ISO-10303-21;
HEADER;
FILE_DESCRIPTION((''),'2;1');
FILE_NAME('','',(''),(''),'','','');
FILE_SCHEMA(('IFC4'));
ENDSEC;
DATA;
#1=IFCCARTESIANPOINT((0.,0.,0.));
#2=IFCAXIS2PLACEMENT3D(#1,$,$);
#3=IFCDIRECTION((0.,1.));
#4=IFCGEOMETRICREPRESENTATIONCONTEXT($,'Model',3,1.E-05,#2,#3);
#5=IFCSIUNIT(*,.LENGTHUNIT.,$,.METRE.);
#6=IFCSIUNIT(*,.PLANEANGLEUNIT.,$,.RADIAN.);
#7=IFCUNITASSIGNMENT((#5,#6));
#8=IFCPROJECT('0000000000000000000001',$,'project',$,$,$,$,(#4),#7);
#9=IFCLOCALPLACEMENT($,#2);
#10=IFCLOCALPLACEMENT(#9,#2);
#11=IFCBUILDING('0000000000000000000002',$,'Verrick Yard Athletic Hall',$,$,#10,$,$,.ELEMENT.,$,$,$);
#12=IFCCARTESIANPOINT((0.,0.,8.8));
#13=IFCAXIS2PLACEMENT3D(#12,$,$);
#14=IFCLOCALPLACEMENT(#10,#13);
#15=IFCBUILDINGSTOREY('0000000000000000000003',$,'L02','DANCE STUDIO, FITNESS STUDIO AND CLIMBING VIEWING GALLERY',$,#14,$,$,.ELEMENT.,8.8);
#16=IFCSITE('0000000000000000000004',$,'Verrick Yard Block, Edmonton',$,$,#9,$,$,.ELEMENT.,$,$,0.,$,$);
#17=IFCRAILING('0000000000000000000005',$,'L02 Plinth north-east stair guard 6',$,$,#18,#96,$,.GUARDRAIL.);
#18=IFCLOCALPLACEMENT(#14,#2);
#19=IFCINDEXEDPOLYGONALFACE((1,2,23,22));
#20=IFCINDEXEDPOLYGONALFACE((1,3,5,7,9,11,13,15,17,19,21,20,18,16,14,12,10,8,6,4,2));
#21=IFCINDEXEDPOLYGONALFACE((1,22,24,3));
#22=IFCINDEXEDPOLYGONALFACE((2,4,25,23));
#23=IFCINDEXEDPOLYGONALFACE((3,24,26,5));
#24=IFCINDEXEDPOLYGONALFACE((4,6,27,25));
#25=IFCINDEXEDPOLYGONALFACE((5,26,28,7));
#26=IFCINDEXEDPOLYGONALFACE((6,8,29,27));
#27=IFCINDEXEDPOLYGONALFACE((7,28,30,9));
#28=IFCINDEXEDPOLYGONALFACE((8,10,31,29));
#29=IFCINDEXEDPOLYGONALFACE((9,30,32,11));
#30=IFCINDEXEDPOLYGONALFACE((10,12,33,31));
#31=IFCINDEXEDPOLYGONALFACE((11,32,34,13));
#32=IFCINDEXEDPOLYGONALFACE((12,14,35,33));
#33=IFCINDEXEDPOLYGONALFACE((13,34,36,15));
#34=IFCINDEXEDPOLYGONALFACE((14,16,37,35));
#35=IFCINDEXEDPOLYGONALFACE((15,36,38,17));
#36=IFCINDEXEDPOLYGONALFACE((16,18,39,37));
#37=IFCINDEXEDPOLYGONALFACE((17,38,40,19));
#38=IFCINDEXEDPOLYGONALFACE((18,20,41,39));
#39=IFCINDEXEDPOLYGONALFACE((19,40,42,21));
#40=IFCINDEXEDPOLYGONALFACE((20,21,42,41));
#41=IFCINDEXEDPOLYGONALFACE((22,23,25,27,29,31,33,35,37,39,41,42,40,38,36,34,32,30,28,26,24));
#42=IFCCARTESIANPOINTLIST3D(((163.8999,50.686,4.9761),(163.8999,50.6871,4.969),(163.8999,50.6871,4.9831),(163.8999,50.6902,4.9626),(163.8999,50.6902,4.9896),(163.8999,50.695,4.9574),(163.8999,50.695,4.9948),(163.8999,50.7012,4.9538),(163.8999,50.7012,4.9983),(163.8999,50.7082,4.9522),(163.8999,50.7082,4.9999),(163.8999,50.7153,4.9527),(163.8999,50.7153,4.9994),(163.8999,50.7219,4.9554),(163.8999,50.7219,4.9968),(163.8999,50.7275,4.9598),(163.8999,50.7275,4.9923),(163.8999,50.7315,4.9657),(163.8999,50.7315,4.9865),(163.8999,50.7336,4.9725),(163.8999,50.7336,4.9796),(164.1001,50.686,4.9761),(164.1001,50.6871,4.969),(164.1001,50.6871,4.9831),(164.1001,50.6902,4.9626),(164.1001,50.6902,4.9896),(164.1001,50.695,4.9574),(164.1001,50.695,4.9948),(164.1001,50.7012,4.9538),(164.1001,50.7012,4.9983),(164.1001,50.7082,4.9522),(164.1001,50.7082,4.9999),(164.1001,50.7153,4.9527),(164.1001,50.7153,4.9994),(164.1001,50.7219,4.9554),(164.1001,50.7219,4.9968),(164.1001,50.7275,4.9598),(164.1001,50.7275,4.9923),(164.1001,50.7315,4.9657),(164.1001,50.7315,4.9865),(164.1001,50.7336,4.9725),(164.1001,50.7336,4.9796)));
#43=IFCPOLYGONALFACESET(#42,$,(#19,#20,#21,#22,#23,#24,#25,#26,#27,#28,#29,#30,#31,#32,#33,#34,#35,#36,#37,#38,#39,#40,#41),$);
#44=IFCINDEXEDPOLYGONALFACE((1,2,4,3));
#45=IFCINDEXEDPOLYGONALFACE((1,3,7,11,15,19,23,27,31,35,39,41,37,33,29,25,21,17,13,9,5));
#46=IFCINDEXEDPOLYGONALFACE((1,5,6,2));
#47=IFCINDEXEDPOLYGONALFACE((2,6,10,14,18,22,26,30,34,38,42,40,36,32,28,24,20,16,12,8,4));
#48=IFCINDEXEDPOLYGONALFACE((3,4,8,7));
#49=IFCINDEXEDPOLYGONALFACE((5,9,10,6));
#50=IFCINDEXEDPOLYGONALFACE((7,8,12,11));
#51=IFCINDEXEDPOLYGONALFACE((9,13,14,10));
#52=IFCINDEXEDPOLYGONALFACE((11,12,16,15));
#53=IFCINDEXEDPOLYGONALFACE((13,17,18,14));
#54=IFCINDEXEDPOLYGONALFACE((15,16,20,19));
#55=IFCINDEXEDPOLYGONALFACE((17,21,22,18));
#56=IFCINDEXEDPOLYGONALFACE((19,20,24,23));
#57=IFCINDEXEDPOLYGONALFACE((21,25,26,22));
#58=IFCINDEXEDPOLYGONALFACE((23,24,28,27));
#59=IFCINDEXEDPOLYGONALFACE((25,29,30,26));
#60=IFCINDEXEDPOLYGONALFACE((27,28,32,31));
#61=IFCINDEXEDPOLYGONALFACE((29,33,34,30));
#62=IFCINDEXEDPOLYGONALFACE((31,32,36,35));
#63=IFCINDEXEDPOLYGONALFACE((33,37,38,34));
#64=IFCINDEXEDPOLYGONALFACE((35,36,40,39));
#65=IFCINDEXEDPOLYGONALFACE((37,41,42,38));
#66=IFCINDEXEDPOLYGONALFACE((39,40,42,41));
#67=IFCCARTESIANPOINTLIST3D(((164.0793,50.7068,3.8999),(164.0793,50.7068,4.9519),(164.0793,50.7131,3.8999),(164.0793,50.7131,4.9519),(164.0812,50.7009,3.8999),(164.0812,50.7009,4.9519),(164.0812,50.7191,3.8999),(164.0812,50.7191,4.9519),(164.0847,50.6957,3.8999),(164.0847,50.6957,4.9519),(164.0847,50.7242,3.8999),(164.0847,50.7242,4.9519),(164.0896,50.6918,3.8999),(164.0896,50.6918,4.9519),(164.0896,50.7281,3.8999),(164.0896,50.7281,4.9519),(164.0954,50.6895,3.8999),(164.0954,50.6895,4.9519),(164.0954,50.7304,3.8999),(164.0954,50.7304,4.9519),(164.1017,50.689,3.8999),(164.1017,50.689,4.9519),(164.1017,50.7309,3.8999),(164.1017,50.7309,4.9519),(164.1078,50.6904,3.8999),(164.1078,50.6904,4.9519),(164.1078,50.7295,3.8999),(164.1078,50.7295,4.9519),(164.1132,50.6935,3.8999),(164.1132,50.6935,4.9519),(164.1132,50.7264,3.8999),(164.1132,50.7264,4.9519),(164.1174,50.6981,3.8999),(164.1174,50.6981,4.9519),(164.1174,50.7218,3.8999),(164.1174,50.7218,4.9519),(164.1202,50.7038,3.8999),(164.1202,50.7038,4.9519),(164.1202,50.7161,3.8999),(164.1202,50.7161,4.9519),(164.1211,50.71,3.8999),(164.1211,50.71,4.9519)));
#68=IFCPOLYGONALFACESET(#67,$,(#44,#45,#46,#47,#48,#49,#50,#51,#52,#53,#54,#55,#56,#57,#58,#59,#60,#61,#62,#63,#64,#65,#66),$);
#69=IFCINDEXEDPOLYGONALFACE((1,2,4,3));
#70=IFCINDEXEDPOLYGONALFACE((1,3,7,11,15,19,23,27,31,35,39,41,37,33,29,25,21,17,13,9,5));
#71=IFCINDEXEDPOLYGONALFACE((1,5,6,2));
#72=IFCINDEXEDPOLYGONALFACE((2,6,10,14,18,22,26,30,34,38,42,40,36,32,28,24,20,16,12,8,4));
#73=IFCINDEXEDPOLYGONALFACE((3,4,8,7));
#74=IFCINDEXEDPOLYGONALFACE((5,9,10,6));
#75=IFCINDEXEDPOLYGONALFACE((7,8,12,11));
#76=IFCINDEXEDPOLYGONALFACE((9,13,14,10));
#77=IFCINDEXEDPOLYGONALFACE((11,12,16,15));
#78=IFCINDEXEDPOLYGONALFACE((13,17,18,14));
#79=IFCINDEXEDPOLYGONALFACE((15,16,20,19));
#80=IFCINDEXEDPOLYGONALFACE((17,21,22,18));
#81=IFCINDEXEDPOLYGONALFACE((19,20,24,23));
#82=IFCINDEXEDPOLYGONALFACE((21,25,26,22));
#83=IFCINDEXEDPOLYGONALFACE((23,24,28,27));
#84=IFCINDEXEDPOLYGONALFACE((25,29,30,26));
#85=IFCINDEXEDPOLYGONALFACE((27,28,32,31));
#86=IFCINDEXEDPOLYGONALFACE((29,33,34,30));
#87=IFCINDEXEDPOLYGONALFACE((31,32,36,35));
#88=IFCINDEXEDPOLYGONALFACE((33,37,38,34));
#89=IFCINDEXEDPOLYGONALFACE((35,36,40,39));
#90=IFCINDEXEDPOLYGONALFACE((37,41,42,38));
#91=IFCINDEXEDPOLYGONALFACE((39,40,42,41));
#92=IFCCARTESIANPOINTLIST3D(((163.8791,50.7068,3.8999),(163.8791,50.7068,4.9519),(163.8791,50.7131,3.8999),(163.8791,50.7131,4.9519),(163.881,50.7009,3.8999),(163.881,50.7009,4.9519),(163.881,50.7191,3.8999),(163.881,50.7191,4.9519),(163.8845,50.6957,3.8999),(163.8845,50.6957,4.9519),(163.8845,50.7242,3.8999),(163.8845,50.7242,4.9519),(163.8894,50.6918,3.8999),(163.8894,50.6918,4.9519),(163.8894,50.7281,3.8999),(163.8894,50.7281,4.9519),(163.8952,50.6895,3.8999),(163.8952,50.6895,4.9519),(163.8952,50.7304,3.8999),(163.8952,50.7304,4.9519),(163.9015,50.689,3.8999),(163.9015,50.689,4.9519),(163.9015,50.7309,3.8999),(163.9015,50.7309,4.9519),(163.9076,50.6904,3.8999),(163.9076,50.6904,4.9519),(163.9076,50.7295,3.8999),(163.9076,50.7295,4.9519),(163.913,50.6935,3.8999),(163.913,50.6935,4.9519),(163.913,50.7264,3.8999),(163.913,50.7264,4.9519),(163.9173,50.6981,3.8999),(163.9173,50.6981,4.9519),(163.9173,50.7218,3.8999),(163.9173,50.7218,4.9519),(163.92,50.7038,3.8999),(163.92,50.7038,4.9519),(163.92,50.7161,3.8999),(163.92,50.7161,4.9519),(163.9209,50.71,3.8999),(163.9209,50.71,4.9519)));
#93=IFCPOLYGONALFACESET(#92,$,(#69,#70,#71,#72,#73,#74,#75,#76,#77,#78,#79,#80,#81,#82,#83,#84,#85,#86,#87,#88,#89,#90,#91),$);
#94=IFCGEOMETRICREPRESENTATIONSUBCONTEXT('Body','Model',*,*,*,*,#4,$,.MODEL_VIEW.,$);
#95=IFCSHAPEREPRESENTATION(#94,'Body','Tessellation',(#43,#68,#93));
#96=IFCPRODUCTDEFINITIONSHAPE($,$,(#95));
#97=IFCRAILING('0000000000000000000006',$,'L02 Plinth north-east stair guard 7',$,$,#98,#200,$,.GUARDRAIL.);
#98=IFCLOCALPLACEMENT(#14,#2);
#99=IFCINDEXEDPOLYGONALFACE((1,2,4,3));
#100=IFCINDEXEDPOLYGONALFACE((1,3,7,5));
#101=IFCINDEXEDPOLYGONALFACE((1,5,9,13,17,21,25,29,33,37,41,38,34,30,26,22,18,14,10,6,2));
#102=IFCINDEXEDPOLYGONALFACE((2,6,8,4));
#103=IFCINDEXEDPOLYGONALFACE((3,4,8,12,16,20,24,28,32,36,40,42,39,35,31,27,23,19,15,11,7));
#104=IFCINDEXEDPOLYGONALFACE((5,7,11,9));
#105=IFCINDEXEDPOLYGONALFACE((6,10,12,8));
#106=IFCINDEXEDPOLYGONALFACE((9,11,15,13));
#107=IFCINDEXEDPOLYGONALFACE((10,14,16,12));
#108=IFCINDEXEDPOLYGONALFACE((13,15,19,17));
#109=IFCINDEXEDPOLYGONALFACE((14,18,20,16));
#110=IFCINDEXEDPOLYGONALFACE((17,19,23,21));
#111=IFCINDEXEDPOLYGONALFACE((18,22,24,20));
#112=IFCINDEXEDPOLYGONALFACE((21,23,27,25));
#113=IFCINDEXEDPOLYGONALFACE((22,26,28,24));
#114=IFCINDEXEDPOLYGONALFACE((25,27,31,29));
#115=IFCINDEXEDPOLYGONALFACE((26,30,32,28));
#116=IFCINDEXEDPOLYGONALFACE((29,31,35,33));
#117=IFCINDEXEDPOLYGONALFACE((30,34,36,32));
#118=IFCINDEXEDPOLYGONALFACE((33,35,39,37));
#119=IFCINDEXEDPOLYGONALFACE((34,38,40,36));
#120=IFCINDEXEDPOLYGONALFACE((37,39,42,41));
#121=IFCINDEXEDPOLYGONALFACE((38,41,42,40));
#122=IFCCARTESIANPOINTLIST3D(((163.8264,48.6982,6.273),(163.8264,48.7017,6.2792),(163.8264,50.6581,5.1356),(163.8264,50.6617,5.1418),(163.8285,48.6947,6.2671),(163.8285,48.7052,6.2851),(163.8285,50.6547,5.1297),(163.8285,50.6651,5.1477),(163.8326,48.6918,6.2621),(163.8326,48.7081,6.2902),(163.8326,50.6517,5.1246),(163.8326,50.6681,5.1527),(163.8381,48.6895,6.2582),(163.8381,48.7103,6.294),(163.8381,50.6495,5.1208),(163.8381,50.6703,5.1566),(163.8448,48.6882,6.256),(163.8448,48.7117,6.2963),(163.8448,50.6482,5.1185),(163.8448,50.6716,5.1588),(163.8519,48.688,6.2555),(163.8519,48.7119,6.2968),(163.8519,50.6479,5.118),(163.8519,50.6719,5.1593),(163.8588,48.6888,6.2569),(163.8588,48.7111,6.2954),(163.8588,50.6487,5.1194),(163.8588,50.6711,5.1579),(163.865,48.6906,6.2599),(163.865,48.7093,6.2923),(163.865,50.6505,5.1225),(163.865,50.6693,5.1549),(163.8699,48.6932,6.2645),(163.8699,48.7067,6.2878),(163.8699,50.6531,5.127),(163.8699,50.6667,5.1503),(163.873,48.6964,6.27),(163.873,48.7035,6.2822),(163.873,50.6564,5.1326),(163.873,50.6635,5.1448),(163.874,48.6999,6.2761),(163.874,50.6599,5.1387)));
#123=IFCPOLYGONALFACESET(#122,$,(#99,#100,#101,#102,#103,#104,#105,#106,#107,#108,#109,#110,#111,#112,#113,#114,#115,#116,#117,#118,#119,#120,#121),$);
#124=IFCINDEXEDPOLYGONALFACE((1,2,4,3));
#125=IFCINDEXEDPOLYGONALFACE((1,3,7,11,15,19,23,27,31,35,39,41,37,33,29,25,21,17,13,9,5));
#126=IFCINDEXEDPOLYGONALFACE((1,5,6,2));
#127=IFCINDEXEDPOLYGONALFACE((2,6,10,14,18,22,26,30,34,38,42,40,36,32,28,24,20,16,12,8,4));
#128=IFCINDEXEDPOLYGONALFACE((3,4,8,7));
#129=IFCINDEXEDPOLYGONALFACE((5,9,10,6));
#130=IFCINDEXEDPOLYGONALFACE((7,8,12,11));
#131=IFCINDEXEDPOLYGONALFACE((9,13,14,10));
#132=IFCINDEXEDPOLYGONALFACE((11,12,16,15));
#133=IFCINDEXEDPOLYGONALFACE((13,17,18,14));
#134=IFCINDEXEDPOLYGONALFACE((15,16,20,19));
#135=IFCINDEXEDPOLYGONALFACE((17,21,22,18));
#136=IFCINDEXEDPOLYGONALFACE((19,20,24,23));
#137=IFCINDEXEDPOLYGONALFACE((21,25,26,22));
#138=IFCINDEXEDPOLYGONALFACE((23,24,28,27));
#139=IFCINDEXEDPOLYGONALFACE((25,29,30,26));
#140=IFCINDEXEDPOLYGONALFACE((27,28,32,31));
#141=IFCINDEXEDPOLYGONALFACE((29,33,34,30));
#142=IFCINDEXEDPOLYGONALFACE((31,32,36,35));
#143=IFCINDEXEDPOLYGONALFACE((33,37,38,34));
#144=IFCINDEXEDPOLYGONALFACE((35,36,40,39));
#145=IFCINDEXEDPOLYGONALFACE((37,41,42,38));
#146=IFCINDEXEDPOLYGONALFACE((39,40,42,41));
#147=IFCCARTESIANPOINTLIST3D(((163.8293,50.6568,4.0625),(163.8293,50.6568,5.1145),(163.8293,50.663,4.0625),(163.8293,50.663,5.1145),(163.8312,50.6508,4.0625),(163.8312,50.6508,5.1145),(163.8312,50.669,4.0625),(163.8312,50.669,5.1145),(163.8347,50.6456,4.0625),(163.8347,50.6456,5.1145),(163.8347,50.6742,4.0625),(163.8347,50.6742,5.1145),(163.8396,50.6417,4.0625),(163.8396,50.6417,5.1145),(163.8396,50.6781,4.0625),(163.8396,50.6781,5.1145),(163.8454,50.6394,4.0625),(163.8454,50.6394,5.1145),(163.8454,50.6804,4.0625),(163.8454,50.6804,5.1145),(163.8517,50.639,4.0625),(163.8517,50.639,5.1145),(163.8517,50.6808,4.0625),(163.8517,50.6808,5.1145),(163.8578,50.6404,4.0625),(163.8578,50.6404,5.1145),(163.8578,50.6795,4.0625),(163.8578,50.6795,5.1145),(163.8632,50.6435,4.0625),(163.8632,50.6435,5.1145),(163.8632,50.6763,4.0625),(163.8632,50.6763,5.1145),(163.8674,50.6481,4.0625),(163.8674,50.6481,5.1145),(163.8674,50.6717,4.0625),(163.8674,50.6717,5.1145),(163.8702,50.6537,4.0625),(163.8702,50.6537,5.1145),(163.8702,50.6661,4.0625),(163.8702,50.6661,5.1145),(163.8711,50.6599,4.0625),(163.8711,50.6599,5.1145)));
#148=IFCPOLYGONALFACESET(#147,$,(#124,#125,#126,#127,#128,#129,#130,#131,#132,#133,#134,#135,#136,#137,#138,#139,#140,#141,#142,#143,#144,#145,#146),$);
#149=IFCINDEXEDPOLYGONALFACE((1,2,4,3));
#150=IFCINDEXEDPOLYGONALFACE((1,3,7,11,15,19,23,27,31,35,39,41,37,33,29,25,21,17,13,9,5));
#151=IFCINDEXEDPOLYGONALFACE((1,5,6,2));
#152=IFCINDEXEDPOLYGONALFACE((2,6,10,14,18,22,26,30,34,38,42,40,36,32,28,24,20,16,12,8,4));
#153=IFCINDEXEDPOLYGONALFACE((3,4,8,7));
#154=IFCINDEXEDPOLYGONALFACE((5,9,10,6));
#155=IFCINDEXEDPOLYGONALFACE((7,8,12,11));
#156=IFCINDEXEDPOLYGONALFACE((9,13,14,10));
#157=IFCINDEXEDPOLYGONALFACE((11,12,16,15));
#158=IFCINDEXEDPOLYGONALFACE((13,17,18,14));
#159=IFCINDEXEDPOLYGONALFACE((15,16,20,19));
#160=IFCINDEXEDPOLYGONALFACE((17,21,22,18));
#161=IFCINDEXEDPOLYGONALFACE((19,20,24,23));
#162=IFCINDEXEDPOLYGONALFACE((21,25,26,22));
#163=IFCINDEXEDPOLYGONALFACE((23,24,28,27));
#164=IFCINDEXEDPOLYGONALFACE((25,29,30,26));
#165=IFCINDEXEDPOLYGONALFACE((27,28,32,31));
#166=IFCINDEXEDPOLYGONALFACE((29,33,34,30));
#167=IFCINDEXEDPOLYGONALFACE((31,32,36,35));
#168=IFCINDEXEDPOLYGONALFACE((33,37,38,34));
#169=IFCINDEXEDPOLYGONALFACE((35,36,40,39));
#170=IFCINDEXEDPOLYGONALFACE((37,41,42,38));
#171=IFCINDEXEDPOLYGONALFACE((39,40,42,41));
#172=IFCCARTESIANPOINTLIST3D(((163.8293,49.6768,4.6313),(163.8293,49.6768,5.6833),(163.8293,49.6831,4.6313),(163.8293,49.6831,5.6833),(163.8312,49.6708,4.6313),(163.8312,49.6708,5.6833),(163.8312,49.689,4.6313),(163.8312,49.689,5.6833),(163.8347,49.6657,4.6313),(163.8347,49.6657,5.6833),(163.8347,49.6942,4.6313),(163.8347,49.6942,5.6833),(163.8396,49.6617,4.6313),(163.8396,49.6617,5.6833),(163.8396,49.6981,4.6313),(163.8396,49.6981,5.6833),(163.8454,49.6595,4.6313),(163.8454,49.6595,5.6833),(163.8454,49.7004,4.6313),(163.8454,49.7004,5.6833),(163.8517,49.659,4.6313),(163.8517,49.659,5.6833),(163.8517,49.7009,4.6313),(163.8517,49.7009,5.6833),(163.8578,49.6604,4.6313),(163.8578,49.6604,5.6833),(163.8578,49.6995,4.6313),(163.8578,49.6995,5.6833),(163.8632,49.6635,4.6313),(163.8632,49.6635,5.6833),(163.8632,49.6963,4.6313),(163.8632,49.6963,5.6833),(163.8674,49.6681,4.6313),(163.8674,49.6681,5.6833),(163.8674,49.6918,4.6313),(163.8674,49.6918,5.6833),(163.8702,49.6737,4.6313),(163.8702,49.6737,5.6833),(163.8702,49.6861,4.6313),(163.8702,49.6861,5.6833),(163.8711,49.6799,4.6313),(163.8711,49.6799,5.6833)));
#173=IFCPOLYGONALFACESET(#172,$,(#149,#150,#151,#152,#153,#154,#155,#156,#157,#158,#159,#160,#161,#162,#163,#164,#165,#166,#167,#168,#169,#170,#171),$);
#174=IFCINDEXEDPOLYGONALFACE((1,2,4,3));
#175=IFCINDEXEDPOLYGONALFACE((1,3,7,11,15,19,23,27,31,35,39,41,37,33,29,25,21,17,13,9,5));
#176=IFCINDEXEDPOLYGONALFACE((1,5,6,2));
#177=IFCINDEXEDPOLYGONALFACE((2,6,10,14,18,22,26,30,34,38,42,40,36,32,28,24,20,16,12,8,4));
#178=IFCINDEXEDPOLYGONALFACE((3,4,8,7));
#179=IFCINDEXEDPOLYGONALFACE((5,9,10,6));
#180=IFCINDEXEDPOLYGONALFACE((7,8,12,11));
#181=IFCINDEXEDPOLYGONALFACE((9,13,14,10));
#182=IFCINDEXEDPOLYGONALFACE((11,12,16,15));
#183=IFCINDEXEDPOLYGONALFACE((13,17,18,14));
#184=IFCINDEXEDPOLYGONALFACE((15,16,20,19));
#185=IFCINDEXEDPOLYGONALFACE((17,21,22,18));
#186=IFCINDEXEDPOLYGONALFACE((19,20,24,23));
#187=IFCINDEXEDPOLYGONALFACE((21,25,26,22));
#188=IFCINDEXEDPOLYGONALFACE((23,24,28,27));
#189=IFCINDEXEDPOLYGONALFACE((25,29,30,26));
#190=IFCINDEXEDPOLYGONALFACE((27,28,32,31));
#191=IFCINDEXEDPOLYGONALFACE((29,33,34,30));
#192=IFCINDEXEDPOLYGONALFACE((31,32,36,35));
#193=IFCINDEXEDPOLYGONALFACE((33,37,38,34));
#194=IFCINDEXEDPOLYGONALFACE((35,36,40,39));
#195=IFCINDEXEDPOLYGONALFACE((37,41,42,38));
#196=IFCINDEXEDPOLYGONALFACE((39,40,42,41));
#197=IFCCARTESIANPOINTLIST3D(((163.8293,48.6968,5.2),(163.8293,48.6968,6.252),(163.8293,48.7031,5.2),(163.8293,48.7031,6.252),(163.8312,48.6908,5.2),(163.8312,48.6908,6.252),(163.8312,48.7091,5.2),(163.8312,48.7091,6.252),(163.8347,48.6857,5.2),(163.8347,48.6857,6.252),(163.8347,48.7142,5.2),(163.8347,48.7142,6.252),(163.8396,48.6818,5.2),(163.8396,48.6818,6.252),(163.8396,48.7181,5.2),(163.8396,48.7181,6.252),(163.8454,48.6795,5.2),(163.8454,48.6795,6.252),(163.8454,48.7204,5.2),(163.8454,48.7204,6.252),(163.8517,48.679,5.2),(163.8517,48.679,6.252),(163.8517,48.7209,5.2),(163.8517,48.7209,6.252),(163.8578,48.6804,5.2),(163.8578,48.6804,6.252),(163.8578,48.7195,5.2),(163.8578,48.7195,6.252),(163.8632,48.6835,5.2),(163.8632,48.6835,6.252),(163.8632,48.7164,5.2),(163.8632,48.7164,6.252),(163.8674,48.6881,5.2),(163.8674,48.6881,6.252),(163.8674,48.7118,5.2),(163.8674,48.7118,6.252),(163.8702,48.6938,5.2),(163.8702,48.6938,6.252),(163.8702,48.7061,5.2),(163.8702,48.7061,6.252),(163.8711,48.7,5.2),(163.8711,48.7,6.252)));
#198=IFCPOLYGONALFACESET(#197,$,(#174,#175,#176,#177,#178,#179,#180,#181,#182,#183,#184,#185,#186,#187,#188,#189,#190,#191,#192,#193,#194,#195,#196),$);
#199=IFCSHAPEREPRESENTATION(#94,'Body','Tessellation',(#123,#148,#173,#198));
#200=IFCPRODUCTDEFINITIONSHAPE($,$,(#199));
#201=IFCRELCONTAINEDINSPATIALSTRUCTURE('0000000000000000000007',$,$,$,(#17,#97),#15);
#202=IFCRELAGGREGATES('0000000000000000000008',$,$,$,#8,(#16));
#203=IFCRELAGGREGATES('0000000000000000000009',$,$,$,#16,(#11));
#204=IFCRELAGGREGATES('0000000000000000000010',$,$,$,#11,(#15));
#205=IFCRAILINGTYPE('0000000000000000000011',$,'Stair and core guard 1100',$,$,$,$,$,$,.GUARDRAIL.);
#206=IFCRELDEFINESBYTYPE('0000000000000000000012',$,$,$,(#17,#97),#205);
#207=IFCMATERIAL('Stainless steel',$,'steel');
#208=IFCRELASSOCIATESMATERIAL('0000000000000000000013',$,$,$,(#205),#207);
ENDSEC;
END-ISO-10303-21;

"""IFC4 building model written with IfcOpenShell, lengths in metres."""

from ifc_helpers import new_model, si_unit, direction, frame, origin, origin_2d, place, context, subcontext, project, spatial, circle, extrude, material, type_object, element, save


model = new_model("IFC4")

# Units and contexts
model_context = context("Model", 3, precision=1e-05, world=origin(), true_north=direction((0.0, 1.0)))
body_context = subcontext(model_context, "Body", "Model", "MODEL_VIEW")
ifc_project = project(units=[si_unit("LENGTHUNIT", "METRE"), si_unit("PLANEANGLEUNIT", "RADIAN")], contexts=[model_context])

# Site, building, storey
site_placement = place(None, origin())
site = spatial("IfcSite", under=ifc_project, at=site_placement, Name="Verrick Yard Block, Edmonton", CompositionType="ELEMENT", RefElevation=0.0)
building_placement = place(site_placement, origin())
building = spatial("IfcBuilding", under=site, at=building_placement, Name="Verrick Yard Athletic Hall", CompositionType="ELEMENT")
storey_placement = place(building_placement, frame((0.0, 0.0, 8.8)))
storey = spatial("IfcBuildingStorey", under=building, at=storey_placement, Name="L02", Description="DANCE STUDIO, FITNESS STUDIO AND CLIMBING VIEWING GALLERY", CompositionType="ELEMENT", Elevation=8.8)

# Railings
ifc_material_1 = material(Name="Stainless steel", Category="steel")
railing_type_1 = type_object("IfcRailingType", Name="Stair and core guard 1100", PredefinedType="GUARDRAIL", material=ifc_material_1)
railing_1_placement = place(storey_placement, frame((164.1001, 50.71, 3.8999)))
element("IfcRailing", 1, at=railing_1_placement, inside=storey, type_object=railing_type_1, Name="L02 Plinth north-east stair guard 6", PredefinedType="GUARDRAIL", context=body_context, shape_type="SweptSolid", body=[
    extrude(circle(Radius=0.0239, at=origin_2d()), frame((0.0, 0.0, 1.0762), z_axis=(-1.0, 0.0, 0.0), x_axis=(0.0, -1.0, 0.0)), (0.0, 0.0, 1.0), 0.2002),
    extrude(circle(Radius=0.021, at=origin_2d()), origin(), (0.0, 0.0, 1.0), 1.052),
    extrude(circle(Radius=0.021, at=origin_2d()), frame((-0.2002, 0.0, 0.0)), (0.0, 0.0, 1.0), 1.052),
])
railing_2_placement = place(storey_placement, frame((163.8501, 50.6599, 4.0625)))
element("IfcRailing", 2, at=railing_2_placement, inside=storey, type_object=railing_type_1, Name="L02 Plinth north-east stair guard 7", PredefinedType="GUARDRAIL", context=body_context, shape_type="SweptSolid", body=[
    extrude(circle(Radius=0.0239, at=origin_2d()), frame((0.0, 0.0, 1.0762), z_axis=(0.0, -0.864902, 0.501941), x_axis=(1.0, 0.0, 0.0)), (0.0, 0.0, 1.0), 2.2661),
    extrude(circle(Radius=0.021, at=origin_2d()), origin(), (0.0, 0.0, 1.0), 1.052),
    extrude(circle(Radius=0.021, at=origin_2d()), frame((0.0, -0.98, 0.5688)), (0.0, 0.0, 1.0), 1.052),
    extrude(circle(Radius=0.021, at=origin_2d()), frame((0.0, -1.96, 1.1375)), (0.0, 0.0, 1.0), 1.052),
])

save(model, "model.ifc")
